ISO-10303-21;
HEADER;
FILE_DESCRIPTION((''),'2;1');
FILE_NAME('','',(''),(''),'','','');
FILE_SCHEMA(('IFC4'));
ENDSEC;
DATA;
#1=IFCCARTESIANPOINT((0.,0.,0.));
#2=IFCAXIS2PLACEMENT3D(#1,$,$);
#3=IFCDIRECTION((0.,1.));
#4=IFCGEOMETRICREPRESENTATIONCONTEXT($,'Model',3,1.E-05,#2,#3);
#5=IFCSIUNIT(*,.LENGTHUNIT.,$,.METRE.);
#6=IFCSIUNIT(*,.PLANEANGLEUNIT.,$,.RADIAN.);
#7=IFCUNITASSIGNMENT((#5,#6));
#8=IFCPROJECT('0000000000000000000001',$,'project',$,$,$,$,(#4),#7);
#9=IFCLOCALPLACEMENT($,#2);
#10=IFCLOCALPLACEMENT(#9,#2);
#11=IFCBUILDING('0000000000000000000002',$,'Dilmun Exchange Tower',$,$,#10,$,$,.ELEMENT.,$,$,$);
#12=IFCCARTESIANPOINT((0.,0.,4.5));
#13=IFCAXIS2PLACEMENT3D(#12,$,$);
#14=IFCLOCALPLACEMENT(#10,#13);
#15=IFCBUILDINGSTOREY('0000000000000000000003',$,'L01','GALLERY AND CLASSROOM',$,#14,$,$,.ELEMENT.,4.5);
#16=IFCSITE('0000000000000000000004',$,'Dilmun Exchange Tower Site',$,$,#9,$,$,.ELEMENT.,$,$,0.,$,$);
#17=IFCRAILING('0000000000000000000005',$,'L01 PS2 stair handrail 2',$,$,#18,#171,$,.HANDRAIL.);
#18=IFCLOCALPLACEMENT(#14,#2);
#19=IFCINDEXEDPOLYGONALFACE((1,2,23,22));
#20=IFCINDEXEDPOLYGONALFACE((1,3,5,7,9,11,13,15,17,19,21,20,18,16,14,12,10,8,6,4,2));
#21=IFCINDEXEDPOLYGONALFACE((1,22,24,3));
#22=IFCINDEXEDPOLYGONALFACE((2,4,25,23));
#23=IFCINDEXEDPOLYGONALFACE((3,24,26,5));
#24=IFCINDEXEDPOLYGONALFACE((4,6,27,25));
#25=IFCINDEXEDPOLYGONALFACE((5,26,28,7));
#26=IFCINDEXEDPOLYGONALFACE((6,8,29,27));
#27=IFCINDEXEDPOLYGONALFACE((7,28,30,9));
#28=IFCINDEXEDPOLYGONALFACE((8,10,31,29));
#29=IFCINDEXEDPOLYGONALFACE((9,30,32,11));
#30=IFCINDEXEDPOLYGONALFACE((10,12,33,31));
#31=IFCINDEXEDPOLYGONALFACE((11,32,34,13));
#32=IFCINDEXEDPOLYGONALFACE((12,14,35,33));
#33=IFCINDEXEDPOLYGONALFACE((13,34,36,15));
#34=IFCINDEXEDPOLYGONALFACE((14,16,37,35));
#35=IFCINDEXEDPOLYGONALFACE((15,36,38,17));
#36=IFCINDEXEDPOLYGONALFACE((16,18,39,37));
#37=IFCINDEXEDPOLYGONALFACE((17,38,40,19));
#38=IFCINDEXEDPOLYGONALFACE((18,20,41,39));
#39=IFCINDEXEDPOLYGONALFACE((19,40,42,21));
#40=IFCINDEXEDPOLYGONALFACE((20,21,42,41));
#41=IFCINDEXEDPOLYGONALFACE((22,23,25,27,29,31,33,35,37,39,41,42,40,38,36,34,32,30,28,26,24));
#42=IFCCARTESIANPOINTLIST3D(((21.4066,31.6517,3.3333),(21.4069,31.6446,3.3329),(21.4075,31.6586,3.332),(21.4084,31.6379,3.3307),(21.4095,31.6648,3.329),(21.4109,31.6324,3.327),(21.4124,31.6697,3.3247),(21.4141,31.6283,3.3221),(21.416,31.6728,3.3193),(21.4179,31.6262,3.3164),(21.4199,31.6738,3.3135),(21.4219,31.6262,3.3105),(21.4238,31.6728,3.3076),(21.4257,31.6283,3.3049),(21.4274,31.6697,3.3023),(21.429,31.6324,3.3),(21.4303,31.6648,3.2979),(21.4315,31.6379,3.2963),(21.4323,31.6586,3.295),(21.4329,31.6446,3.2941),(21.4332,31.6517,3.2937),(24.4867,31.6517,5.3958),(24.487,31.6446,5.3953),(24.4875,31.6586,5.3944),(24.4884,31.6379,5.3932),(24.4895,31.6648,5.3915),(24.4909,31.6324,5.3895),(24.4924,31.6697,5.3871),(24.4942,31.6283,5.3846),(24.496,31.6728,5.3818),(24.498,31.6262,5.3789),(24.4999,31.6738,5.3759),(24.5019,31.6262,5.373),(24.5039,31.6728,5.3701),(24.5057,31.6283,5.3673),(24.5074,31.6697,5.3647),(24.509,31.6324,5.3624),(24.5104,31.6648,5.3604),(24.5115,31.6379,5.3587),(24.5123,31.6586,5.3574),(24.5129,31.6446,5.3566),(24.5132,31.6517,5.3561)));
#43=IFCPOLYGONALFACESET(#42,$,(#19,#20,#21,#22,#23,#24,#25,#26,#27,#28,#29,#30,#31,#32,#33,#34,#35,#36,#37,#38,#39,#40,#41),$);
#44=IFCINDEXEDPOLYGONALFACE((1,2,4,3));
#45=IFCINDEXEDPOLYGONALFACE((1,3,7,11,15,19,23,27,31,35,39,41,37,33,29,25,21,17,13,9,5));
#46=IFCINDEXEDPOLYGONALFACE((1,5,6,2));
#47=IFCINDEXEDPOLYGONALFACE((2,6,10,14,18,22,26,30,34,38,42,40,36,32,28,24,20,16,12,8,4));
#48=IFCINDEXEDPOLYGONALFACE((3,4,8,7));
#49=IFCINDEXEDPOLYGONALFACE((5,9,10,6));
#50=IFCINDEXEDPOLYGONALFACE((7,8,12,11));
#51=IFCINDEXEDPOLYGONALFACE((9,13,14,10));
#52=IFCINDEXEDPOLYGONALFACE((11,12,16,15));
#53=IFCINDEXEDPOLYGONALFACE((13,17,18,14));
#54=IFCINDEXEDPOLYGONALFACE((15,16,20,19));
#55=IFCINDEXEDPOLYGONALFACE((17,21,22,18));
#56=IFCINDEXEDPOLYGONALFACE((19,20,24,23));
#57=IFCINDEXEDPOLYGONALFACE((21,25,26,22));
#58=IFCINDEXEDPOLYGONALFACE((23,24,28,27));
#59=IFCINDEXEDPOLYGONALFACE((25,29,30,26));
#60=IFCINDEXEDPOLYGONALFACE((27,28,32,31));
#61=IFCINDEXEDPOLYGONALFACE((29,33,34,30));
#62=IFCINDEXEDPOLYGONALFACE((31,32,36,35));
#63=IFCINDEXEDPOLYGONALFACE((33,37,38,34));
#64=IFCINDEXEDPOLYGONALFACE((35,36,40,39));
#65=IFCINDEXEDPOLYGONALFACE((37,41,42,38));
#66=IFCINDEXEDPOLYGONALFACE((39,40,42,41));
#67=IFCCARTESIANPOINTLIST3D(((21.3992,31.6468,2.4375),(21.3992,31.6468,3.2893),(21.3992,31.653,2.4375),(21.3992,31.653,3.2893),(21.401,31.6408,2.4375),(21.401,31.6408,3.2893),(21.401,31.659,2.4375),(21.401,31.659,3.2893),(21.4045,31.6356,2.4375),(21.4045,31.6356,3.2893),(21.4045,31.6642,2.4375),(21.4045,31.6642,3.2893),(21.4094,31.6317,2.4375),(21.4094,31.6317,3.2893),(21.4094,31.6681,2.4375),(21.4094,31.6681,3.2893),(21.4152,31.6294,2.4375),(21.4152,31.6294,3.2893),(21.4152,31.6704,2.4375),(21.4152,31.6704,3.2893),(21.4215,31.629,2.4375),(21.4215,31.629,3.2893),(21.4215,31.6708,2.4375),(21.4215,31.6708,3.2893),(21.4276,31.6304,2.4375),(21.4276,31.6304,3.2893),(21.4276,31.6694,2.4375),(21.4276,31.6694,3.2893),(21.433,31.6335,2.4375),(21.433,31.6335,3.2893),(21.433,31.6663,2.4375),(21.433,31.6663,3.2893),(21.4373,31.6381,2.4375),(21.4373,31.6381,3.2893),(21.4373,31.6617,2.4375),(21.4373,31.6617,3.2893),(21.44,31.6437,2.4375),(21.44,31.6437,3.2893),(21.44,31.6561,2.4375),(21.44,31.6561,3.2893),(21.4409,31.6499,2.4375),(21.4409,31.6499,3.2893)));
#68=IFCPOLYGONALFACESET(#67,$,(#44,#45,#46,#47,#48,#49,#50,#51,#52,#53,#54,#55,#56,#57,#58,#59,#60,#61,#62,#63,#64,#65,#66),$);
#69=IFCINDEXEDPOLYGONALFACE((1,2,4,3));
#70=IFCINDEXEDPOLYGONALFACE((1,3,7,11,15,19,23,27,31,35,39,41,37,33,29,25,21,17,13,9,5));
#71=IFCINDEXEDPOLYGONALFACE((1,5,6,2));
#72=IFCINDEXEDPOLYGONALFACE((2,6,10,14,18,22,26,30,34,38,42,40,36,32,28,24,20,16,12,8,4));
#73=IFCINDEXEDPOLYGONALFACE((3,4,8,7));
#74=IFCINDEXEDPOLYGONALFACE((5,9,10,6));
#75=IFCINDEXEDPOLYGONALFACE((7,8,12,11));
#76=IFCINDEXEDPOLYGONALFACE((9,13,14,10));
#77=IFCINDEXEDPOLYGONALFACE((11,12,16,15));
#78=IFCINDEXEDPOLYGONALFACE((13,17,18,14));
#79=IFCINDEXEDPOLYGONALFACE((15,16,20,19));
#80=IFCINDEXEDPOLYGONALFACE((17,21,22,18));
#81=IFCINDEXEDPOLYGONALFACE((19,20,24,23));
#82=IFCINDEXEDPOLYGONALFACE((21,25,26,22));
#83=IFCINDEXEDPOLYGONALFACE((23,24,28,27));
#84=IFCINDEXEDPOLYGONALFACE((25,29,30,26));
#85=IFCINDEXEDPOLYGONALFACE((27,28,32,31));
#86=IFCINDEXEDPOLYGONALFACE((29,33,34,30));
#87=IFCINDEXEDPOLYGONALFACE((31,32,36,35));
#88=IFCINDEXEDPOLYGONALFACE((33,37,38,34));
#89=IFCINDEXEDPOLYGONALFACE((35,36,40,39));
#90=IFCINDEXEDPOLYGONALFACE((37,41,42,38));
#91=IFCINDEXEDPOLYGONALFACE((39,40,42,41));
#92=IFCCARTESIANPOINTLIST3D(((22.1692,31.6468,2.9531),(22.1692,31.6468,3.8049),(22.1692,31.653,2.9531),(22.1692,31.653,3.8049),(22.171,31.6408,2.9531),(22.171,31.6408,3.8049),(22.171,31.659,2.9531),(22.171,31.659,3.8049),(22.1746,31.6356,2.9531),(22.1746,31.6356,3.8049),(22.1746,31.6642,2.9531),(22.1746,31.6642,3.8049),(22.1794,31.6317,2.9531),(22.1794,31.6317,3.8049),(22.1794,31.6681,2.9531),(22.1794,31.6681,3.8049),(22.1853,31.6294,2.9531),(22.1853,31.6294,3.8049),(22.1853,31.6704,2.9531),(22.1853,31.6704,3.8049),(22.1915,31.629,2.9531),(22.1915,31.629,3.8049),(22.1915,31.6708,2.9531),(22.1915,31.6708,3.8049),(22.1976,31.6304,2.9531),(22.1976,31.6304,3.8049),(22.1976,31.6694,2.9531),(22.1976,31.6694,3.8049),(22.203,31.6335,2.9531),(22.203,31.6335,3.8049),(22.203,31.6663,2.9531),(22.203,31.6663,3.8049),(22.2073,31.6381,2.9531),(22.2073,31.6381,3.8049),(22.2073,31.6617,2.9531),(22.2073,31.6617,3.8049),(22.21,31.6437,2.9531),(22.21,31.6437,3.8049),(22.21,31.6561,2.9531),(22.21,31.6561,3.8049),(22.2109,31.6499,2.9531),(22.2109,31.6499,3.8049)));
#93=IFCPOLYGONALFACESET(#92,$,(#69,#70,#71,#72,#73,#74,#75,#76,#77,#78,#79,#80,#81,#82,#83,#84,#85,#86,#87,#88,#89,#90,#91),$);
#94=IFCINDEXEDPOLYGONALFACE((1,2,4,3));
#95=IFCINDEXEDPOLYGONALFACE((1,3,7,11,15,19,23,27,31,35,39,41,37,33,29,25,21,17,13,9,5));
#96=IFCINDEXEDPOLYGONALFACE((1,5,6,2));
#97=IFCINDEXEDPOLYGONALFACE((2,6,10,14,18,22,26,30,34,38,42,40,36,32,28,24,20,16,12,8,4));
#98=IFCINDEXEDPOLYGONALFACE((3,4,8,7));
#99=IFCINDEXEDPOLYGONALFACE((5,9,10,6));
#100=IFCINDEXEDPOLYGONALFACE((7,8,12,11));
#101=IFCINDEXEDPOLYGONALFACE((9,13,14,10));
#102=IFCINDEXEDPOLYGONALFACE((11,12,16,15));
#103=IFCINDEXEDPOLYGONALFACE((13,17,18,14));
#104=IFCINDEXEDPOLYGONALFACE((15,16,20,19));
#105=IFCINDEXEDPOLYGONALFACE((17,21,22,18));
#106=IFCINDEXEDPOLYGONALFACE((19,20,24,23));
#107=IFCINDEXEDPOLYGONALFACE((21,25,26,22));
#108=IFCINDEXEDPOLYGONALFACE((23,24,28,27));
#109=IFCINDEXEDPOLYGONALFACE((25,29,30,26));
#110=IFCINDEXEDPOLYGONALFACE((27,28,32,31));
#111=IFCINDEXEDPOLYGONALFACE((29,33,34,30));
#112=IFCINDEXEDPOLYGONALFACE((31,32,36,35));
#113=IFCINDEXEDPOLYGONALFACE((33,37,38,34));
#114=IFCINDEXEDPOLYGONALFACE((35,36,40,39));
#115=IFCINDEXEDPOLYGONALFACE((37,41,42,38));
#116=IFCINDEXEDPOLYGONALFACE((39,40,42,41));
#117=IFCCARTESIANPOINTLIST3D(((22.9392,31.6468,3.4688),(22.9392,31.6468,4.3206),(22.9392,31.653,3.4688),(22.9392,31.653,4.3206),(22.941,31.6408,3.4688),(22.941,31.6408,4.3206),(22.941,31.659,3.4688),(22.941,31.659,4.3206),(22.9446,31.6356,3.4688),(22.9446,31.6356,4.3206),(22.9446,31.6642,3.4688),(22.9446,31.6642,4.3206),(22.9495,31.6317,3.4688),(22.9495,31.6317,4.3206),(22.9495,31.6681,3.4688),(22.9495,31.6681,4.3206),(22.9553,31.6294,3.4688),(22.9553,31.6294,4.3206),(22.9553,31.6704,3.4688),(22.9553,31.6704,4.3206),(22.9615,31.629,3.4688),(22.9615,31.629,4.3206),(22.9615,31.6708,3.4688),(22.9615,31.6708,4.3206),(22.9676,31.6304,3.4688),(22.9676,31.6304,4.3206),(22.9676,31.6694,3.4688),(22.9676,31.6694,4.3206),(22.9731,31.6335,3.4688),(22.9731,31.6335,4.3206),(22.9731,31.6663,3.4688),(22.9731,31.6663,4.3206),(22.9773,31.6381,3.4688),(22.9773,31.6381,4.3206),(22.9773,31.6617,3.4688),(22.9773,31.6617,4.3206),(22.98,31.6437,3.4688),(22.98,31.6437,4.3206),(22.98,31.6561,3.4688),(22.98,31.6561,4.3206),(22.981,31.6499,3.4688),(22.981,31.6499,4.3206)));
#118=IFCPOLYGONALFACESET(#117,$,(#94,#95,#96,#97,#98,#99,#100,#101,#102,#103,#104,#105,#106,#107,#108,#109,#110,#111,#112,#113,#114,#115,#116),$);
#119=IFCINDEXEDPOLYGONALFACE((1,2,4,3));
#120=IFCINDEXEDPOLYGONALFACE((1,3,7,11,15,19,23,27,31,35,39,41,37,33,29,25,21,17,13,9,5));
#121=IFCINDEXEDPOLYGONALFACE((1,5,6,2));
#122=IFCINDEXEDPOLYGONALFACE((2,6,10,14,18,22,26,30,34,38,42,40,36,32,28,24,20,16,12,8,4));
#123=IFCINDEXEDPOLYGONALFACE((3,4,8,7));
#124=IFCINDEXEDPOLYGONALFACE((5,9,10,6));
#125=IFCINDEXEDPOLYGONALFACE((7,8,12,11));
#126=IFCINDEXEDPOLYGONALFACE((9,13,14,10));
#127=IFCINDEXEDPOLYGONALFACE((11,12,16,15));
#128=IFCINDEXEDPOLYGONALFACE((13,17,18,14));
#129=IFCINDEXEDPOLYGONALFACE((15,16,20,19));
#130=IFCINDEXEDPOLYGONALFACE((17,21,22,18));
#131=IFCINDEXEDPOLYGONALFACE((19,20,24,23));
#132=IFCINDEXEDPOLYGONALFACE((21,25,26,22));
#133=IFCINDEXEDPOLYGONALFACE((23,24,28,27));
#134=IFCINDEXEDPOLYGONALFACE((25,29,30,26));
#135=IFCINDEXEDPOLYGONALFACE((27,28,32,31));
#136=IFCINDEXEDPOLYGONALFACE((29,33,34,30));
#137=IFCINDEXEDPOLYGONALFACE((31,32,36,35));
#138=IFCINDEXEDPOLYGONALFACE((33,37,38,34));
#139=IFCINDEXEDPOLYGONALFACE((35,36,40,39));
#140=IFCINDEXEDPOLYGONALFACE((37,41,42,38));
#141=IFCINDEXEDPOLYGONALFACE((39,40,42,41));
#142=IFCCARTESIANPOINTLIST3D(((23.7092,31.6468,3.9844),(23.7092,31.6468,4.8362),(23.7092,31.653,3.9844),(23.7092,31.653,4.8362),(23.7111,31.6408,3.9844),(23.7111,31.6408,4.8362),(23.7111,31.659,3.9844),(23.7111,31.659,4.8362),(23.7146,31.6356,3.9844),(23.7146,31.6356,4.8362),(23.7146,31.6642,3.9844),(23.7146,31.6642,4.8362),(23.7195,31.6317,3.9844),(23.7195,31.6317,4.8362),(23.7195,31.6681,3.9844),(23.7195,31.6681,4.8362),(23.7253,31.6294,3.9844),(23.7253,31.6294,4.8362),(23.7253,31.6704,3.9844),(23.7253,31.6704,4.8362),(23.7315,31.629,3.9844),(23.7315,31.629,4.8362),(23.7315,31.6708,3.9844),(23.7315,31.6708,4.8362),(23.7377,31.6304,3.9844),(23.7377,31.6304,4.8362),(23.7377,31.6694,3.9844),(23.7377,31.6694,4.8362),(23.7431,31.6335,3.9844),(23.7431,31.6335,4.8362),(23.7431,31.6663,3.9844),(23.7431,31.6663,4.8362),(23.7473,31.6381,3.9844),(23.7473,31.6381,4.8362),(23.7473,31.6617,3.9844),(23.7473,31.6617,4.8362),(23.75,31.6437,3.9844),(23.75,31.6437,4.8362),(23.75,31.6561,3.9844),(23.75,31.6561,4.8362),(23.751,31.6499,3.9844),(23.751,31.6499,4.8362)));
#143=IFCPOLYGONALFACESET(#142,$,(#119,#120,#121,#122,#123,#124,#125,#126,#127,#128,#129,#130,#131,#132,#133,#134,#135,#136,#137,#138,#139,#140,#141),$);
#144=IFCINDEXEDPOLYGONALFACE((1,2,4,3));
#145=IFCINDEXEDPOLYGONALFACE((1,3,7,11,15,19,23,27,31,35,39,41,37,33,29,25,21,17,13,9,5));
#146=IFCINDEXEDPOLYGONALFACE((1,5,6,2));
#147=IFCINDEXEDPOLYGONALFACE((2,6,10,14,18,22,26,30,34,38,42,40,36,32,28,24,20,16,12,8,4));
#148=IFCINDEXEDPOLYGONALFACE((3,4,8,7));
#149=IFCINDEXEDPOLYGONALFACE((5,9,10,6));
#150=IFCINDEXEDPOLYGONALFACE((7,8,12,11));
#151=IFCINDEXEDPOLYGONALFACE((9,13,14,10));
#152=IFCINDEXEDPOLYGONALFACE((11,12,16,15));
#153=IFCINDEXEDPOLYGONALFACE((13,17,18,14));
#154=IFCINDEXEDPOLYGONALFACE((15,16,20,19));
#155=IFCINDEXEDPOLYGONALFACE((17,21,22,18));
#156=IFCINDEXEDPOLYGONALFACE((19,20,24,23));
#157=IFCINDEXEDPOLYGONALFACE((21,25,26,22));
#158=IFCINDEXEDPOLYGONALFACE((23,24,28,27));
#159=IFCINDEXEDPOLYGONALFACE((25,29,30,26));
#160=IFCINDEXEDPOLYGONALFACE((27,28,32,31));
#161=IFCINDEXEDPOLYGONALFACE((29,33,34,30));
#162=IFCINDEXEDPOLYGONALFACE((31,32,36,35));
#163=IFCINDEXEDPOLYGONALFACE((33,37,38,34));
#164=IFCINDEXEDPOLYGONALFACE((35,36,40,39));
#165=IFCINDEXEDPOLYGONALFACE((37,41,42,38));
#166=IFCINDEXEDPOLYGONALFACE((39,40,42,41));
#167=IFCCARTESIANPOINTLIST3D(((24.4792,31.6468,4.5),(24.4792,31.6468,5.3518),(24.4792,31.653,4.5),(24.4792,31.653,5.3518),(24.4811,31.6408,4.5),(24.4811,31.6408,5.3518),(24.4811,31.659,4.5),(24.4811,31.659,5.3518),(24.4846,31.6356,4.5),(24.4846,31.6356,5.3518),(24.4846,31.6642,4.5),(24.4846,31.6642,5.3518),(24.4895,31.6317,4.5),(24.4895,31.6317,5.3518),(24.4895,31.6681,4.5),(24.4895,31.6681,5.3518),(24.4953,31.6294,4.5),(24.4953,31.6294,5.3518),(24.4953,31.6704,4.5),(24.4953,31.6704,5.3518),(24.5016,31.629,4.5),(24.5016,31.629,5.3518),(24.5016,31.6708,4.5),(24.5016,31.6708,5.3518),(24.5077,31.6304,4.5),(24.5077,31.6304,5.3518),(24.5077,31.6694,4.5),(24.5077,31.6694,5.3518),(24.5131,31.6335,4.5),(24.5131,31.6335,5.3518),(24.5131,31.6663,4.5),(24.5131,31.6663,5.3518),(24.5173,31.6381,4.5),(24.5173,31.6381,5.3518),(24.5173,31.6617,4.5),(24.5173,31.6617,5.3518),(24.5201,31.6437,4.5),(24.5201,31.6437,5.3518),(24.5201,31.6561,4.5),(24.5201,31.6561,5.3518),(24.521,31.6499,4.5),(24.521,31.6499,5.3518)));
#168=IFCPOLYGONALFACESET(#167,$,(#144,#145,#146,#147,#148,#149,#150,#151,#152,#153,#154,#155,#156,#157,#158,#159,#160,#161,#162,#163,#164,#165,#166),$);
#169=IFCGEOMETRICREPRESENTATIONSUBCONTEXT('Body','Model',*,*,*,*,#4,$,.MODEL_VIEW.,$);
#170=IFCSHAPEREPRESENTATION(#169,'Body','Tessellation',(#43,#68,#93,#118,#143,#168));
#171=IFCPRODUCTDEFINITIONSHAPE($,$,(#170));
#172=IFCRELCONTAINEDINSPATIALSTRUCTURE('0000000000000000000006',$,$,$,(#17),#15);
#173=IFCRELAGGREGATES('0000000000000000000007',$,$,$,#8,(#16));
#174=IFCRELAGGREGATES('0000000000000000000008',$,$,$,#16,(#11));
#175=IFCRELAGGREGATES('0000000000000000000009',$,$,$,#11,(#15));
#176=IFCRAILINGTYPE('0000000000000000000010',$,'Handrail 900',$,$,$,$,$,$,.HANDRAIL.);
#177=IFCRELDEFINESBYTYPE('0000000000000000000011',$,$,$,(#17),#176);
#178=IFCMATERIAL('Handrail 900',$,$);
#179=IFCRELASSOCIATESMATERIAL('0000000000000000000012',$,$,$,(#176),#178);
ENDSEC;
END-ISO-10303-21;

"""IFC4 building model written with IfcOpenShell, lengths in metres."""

from ifc_helpers import new_model, si_unit, direction, frame, origin, origin_2d, place, context, subcontext, project, spatial, circle, extrude, material, type_object, element, save


model = new_model("IFC4")

# Units and contexts
model_context = context("Model", 3, precision=1e-05, world=origin(), true_north=direction((0.0, 1.0)))
body_context = subcontext(model_context, "Body", "Model", "MODEL_VIEW")
ifc_project = project(units=[si_unit("LENGTHUNIT", "METRE"), si_unit("PLANEANGLEUNIT", "RADIAN")], contexts=[model_context])

# Site, building, storey
site_placement = place(None, origin())
site = spatial("IfcSite", under=ifc_project, at=site_placement, Name="Dilmun Exchange Tower Site", CompositionType="ELEMENT", RefElevation=0.0)
building_placement = place(site_placement, origin())
building = spatial("IfcBuilding", under=site, at=building_placement, Name="Dilmun Exchange Tower", CompositionType="ELEMENT")
storey_placement = place(building_placement, frame((0.0, 0.0, 4.5)))
storey = spatial("IfcBuildingStorey", under=building, at=storey_placement, Name="L01", Description="GALLERY AND CLASSROOM", CompositionType="ELEMENT", Elevation=4.5)

# Railing
ifc_material_1 = material(Name="Handrail 900")
railing_type_1 = type_object("IfcRailingType", Name="Handrail 900", PredefinedType="HANDRAIL", material=ifc_material_1)
railing_1_placement = place(storey_placement, frame((21.4199, 31.6499, 2.4375)))
element("IfcRailing", 1, at=railing_1_placement, inside=storey, type_object=railing_type_1, Name="L01 PS2 stair handrail 2", PredefinedType="HANDRAIL", context=body_context, shape_type="SweptSolid", body=[
    extrude(circle(Radius=0.0239, at=origin_2d()), frame((0.0, 0.0, 0.876), z_axis=(0.830914, 0.0, 0.556401), x_axis=(0.0, 1.0, 0.0)), (0.0, 0.0, 1.0), 3.7068),
    extrude(circle(Radius=0.021, at=origin_2d()), origin(), (0.0, 0.0, 1.0), 0.8518),
    extrude(circle(Radius=0.021, at=origin_2d()), frame((0.77, 0.0, 0.5156)), (0.0, 0.0, 1.0), 0.8518),
    extrude(circle(Radius=0.021, at=origin_2d()), frame((1.54, 0.0, 1.0312)), (0.0, 0.0, 1.0), 0.8518),
    extrude(circle(Radius=0.021, at=origin_2d()), frame((2.3101, 0.0, 1.5469)), (0.0, 0.0, 1.0), 0.8518),
    extrude(circle(Radius=0.021, at=origin_2d()), frame((3.0801, 0.0, 2.0625)), (0.0, 0.0, 1.0), 0.8518),
])

save(model, "model.ifc")
